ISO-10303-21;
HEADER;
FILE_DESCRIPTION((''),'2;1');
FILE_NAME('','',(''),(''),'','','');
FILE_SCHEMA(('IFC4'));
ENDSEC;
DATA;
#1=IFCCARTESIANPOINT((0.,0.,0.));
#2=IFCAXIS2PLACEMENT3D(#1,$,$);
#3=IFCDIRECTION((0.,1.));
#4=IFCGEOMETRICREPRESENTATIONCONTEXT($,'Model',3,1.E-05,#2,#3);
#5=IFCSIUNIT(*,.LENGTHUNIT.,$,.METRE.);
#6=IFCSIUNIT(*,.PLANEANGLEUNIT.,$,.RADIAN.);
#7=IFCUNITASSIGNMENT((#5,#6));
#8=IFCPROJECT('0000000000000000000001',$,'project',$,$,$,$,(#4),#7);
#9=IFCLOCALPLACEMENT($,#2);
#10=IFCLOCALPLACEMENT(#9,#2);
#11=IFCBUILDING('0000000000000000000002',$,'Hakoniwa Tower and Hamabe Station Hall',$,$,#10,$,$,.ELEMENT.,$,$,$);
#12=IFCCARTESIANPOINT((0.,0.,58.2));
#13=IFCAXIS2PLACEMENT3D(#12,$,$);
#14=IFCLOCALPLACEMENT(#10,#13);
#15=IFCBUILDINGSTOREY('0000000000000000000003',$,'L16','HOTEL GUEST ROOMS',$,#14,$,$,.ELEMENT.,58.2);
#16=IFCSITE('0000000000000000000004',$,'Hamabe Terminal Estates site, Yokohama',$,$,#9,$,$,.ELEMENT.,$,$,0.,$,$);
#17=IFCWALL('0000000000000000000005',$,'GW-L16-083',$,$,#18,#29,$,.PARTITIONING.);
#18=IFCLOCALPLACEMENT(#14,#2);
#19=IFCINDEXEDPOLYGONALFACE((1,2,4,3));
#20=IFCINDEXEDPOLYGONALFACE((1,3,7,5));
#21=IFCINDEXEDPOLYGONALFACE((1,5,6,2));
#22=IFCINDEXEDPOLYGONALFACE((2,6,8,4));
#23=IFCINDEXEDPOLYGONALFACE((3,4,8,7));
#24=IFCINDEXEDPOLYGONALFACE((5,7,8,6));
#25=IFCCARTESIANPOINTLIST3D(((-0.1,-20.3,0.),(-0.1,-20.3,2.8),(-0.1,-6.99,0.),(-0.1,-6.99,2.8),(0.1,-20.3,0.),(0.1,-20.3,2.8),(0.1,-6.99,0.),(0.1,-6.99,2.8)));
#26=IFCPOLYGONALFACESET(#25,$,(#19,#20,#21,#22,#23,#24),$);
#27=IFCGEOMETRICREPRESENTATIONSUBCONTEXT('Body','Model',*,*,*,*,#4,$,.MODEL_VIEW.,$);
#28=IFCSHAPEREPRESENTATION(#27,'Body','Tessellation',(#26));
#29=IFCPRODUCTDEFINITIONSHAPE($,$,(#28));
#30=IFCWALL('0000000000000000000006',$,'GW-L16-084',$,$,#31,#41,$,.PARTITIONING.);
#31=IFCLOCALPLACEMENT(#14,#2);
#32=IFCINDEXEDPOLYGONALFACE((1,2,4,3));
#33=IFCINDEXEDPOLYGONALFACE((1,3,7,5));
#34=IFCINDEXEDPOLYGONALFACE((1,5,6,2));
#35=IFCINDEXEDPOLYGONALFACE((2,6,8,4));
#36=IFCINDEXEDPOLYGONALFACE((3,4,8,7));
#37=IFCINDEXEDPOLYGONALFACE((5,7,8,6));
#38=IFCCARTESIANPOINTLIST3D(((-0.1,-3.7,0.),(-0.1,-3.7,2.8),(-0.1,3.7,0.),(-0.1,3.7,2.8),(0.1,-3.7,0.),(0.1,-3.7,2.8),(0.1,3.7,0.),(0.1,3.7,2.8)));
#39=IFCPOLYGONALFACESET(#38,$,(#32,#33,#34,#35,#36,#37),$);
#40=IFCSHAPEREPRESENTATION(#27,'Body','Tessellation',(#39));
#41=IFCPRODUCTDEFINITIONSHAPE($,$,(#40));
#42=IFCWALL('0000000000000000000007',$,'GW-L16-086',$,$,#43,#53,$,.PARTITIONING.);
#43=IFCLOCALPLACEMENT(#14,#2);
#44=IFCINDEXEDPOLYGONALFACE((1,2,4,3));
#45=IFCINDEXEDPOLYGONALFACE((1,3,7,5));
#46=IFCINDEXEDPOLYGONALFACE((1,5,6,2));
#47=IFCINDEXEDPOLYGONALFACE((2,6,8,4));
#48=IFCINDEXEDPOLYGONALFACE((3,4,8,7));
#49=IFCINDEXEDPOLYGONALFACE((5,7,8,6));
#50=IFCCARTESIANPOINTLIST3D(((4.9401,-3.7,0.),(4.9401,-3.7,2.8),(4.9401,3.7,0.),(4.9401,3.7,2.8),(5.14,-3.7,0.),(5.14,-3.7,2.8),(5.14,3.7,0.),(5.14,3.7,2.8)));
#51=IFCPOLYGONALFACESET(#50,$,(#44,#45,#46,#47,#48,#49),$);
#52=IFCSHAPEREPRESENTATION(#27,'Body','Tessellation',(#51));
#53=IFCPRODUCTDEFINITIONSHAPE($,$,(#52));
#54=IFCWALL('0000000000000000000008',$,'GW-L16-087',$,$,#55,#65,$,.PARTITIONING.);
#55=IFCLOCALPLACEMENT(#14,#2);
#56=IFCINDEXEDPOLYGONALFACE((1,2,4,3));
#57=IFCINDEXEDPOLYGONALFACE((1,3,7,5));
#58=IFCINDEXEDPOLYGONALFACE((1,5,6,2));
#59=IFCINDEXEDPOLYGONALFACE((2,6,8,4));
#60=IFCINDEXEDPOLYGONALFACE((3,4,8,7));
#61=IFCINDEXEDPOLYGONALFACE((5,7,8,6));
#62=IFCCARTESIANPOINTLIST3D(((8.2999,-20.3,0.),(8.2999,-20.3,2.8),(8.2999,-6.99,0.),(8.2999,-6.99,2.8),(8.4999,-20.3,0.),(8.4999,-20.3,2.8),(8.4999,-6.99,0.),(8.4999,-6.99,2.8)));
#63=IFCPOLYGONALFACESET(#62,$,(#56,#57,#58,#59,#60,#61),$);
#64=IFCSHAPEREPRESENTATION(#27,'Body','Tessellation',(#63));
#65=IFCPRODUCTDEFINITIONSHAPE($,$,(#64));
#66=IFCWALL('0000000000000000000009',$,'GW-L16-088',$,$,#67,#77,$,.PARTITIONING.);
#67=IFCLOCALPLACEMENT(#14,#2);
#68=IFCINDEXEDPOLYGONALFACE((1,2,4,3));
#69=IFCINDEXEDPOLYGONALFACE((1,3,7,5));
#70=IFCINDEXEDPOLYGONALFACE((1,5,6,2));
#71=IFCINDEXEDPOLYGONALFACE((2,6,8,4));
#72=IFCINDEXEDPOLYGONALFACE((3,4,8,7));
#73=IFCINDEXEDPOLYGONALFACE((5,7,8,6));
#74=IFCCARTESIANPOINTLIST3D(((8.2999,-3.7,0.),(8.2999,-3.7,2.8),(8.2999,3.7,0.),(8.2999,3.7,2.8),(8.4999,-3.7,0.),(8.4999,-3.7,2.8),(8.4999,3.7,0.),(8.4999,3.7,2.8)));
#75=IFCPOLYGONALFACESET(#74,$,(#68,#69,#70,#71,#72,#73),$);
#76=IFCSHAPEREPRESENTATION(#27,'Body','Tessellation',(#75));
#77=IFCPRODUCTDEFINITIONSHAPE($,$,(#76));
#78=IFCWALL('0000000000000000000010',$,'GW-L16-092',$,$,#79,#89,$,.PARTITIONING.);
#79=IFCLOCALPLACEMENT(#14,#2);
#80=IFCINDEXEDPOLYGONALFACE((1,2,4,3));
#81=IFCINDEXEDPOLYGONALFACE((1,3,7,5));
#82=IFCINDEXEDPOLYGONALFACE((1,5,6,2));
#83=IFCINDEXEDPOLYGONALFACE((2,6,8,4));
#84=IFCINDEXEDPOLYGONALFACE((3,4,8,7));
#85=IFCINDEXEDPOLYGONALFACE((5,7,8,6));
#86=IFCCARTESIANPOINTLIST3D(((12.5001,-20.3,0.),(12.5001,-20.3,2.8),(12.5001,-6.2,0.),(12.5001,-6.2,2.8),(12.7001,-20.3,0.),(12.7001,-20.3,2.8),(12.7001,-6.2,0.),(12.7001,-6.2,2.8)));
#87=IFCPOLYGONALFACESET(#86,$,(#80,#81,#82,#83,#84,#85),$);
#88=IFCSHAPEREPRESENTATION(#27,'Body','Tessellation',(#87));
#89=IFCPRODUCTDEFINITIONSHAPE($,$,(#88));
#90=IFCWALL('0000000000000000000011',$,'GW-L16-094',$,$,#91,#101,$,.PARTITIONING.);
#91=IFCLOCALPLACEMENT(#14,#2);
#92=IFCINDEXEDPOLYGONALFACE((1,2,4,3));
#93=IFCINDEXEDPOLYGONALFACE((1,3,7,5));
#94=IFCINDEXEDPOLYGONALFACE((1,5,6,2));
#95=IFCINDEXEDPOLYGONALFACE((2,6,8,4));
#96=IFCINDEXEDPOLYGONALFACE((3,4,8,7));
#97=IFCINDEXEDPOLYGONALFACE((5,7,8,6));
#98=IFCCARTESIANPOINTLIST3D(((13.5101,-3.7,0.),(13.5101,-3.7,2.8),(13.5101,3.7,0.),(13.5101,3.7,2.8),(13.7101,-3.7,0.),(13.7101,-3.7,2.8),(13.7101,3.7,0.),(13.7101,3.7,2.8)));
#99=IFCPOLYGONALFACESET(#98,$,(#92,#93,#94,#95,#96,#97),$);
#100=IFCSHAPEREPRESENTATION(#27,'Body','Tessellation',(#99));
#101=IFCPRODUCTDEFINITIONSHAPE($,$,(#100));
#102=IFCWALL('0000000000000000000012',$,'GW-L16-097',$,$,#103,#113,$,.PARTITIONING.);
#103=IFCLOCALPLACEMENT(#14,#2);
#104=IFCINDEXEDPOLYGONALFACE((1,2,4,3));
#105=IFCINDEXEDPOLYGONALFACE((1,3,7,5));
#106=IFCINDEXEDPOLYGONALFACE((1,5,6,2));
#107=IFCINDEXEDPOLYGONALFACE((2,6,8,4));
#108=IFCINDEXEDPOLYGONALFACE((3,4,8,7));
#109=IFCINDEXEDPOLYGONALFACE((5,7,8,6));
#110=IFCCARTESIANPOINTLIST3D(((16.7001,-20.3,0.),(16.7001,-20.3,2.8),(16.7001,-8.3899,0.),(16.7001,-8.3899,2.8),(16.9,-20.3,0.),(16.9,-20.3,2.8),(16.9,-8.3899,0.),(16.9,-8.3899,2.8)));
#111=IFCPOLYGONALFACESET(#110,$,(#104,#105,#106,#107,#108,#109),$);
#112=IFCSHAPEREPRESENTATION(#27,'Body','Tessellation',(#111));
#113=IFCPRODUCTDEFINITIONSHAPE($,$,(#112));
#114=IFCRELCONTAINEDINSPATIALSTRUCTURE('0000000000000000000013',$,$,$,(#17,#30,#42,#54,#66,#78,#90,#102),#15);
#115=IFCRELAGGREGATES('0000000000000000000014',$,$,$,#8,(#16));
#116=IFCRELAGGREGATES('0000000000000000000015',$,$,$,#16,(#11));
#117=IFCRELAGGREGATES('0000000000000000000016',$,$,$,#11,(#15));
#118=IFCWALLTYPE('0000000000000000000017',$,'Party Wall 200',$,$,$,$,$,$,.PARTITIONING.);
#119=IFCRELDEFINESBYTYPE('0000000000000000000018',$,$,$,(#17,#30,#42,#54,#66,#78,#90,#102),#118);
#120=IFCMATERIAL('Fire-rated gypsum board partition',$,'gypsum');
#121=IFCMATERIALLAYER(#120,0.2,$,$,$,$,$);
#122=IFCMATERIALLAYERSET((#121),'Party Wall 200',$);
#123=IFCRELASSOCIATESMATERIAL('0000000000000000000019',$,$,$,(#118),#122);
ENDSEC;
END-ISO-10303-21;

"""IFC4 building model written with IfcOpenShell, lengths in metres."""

from ifc_helpers import new_model, si_unit, direction, frame, frame_2d, origin, place, context, subcontext, project, spatial, rectangle, extrude, material, layer, layer_set, type_object, element, save


model = new_model("IFC4")

# Units and contexts
model_context = context("Model", 3, precision=1e-05, world=origin(), true_north=direction((0.0, 1.0)))
body_context = subcontext(model_context, "Body", "Model", "MODEL_VIEW")
ifc_project = project(units=[si_unit("LENGTHUNIT", "METRE"), si_unit("PLANEANGLEUNIT", "RADIAN")], contexts=[model_context])

# Site, building, storey
site_placement = place(None, origin())
site = spatial("IfcSite", under=ifc_project, at=site_placement, Name="Hamabe Terminal Estates site, Yokohama", CompositionType="ELEMENT", RefElevation=0.0)
building_placement = place(site_placement, origin())
building = spatial("IfcBuilding", under=site, at=building_placement, Name="Hakoniwa Tower and Hamabe Station Hall", CompositionType="ELEMENT")
storey_placement = place(building_placement, frame((0.0, 0.0, 58.2)))
storey = spatial("IfcBuildingStorey", under=building, at=storey_placement, Name="L16", Description="HOTEL GUEST ROOMS", CompositionType="ELEMENT", Elevation=58.2)

# Walls
ifc_material_1 = material(Name="Fire-rated gypsum board partition", Category="gypsum")
ifc_layer_1 = layer(ifc_material_1, 0.2)
ifc_layer_set_1 = layer_set([ifc_layer_1], Name="Party Wall 200")
wall_type_1 = type_object("IfcWallType", Name="Party Wall 200", PredefinedType="PARTITIONING", material=ifc_layer_set_1)
wall_1_placement = place(storey_placement, frame((0.0, -20.3, 0.0), z_axis=(0.0, 0.0, 1.0), x_axis=(0.0, 1.0, 0.0)))
element("IfcWall", 1, at=wall_1_placement, inside=storey, type_object=wall_type_1, Name="GW-L16-083", PredefinedType="PARTITIONING", context=body_context, shape_type="SweptSolid", body=[
    extrude(rectangle(XDim=13.3101, YDim=0.2, at=frame_2d((6.655, 0.0))), origin(), (0.0, 0.0, 1.0), 2.8),
])
for number, where, z_axis, x_axis, name in (
    (2, (0.0, -3.7, 0.0), (0.0, 0.0, 1.0), (0.0, 1.0, 0.0), "GW-L16-084"),
    (3, (5.04, -3.7, 0.0), (0.0, 0.0, 1.0), (0.0, 1.0, 0.0), "GW-L16-086"),
):
    element("IfcWall", number, at=place(storey_placement, frame(where, z_axis=z_axis, x_axis=x_axis)), inside=storey, type_object=wall_type_1, Name=name, PredefinedType="PARTITIONING", context=body_context, shape_type="SweptSolid", body=[
        extrude(rectangle(XDim=7.3999, YDim=0.2, at=frame_2d((3.7, 0.0))), origin(), (0.0, 0.0, 1.0), 2.8),
    ])
wall_2_placement = place(storey_placement, frame((8.3999, -20.3, 0.0), z_axis=(0.0, 0.0, 1.0), x_axis=(0.0, 1.0, 0.0)))
element("IfcWall", 4, at=wall_2_placement, inside=storey, type_object=wall_type_1, Name="GW-L16-087", PredefinedType="PARTITIONING", context=body_context, shape_type="SweptSolid", body=[
    extrude(rectangle(XDim=13.3101, YDim=0.2, at=frame_2d((6.655, 0.0))), origin(), (0.0, 0.0, 1.0), 2.8),
])
wall_3_placement = place(storey_placement, frame((8.3999, -3.7, 0.0), z_axis=(0.0, 0.0, 1.0), x_axis=(0.0, 1.0, 0.0)))
element("IfcWall", 5, at=wall_3_placement, inside=storey, type_object=wall_type_1, Name="GW-L16-088", PredefinedType="PARTITIONING", context=body_context, shape_type="SweptSolid", body=[
    extrude(rectangle(XDim=7.3999, YDim=0.2, at=frame_2d((3.7, 0.0))), origin(), (0.0, 0.0, 1.0), 2.8),
])
wall_4_placement = place(storey_placement, frame((12.6001, -20.3, 0.0), z_axis=(0.0, 0.0, 1.0), x_axis=(0.0, 1.0, 0.0)))
element("IfcWall", 6, at=wall_4_placement, inside=storey, type_object=wall_type_1, Name="GW-L16-092", PredefinedType="PARTITIONING", context=body_context, shape_type="SweptSolid", body=[
    extrude(rectangle(XDim=14.1001, YDim=0.2, at=frame_2d((7.05, 0.0))), origin(), (0.0, 0.0, 1.0), 2.8),
])
wall_5_placement = place(storey_placement, frame((13.6101, -3.7, 0.0), z_axis=(0.0, 0.0, 1.0), x_axis=(0.0, 1.0, 0.0)))
element("IfcWall", 7, at=wall_5_placement, inside=storey, type_object=wall_type_1, Name="GW-L16-094", PredefinedType="PARTITIONING", context=body_context, shape_type="SweptSolid", body=[
    extrude(rectangle(XDim=7.3999, YDim=0.2, at=frame_2d((3.7, 0.0))), origin(), (0.0, 0.0, 1.0), 2.8),
])
wall_6_placement = place(storey_placement, frame((16.8, -20.3, 0.0), z_axis=(0.0, 0.0, 1.0), x_axis=(0.0, 1.0, 0.0)))
element("IfcWall", 8, at=wall_6_placement, inside=storey, type_object=wall_type_1, Name="GW-L16-097", PredefinedType="PARTITIONING", context=body_context, shape_type="SweptSolid", body=[
    extrude(rectangle(XDim=11.9102, YDim=0.2, at=frame_2d((5.9551, 0.0))), origin(), (0.0, 0.0, 1.0), 2.8),
])

save(model, "model.ifc")
